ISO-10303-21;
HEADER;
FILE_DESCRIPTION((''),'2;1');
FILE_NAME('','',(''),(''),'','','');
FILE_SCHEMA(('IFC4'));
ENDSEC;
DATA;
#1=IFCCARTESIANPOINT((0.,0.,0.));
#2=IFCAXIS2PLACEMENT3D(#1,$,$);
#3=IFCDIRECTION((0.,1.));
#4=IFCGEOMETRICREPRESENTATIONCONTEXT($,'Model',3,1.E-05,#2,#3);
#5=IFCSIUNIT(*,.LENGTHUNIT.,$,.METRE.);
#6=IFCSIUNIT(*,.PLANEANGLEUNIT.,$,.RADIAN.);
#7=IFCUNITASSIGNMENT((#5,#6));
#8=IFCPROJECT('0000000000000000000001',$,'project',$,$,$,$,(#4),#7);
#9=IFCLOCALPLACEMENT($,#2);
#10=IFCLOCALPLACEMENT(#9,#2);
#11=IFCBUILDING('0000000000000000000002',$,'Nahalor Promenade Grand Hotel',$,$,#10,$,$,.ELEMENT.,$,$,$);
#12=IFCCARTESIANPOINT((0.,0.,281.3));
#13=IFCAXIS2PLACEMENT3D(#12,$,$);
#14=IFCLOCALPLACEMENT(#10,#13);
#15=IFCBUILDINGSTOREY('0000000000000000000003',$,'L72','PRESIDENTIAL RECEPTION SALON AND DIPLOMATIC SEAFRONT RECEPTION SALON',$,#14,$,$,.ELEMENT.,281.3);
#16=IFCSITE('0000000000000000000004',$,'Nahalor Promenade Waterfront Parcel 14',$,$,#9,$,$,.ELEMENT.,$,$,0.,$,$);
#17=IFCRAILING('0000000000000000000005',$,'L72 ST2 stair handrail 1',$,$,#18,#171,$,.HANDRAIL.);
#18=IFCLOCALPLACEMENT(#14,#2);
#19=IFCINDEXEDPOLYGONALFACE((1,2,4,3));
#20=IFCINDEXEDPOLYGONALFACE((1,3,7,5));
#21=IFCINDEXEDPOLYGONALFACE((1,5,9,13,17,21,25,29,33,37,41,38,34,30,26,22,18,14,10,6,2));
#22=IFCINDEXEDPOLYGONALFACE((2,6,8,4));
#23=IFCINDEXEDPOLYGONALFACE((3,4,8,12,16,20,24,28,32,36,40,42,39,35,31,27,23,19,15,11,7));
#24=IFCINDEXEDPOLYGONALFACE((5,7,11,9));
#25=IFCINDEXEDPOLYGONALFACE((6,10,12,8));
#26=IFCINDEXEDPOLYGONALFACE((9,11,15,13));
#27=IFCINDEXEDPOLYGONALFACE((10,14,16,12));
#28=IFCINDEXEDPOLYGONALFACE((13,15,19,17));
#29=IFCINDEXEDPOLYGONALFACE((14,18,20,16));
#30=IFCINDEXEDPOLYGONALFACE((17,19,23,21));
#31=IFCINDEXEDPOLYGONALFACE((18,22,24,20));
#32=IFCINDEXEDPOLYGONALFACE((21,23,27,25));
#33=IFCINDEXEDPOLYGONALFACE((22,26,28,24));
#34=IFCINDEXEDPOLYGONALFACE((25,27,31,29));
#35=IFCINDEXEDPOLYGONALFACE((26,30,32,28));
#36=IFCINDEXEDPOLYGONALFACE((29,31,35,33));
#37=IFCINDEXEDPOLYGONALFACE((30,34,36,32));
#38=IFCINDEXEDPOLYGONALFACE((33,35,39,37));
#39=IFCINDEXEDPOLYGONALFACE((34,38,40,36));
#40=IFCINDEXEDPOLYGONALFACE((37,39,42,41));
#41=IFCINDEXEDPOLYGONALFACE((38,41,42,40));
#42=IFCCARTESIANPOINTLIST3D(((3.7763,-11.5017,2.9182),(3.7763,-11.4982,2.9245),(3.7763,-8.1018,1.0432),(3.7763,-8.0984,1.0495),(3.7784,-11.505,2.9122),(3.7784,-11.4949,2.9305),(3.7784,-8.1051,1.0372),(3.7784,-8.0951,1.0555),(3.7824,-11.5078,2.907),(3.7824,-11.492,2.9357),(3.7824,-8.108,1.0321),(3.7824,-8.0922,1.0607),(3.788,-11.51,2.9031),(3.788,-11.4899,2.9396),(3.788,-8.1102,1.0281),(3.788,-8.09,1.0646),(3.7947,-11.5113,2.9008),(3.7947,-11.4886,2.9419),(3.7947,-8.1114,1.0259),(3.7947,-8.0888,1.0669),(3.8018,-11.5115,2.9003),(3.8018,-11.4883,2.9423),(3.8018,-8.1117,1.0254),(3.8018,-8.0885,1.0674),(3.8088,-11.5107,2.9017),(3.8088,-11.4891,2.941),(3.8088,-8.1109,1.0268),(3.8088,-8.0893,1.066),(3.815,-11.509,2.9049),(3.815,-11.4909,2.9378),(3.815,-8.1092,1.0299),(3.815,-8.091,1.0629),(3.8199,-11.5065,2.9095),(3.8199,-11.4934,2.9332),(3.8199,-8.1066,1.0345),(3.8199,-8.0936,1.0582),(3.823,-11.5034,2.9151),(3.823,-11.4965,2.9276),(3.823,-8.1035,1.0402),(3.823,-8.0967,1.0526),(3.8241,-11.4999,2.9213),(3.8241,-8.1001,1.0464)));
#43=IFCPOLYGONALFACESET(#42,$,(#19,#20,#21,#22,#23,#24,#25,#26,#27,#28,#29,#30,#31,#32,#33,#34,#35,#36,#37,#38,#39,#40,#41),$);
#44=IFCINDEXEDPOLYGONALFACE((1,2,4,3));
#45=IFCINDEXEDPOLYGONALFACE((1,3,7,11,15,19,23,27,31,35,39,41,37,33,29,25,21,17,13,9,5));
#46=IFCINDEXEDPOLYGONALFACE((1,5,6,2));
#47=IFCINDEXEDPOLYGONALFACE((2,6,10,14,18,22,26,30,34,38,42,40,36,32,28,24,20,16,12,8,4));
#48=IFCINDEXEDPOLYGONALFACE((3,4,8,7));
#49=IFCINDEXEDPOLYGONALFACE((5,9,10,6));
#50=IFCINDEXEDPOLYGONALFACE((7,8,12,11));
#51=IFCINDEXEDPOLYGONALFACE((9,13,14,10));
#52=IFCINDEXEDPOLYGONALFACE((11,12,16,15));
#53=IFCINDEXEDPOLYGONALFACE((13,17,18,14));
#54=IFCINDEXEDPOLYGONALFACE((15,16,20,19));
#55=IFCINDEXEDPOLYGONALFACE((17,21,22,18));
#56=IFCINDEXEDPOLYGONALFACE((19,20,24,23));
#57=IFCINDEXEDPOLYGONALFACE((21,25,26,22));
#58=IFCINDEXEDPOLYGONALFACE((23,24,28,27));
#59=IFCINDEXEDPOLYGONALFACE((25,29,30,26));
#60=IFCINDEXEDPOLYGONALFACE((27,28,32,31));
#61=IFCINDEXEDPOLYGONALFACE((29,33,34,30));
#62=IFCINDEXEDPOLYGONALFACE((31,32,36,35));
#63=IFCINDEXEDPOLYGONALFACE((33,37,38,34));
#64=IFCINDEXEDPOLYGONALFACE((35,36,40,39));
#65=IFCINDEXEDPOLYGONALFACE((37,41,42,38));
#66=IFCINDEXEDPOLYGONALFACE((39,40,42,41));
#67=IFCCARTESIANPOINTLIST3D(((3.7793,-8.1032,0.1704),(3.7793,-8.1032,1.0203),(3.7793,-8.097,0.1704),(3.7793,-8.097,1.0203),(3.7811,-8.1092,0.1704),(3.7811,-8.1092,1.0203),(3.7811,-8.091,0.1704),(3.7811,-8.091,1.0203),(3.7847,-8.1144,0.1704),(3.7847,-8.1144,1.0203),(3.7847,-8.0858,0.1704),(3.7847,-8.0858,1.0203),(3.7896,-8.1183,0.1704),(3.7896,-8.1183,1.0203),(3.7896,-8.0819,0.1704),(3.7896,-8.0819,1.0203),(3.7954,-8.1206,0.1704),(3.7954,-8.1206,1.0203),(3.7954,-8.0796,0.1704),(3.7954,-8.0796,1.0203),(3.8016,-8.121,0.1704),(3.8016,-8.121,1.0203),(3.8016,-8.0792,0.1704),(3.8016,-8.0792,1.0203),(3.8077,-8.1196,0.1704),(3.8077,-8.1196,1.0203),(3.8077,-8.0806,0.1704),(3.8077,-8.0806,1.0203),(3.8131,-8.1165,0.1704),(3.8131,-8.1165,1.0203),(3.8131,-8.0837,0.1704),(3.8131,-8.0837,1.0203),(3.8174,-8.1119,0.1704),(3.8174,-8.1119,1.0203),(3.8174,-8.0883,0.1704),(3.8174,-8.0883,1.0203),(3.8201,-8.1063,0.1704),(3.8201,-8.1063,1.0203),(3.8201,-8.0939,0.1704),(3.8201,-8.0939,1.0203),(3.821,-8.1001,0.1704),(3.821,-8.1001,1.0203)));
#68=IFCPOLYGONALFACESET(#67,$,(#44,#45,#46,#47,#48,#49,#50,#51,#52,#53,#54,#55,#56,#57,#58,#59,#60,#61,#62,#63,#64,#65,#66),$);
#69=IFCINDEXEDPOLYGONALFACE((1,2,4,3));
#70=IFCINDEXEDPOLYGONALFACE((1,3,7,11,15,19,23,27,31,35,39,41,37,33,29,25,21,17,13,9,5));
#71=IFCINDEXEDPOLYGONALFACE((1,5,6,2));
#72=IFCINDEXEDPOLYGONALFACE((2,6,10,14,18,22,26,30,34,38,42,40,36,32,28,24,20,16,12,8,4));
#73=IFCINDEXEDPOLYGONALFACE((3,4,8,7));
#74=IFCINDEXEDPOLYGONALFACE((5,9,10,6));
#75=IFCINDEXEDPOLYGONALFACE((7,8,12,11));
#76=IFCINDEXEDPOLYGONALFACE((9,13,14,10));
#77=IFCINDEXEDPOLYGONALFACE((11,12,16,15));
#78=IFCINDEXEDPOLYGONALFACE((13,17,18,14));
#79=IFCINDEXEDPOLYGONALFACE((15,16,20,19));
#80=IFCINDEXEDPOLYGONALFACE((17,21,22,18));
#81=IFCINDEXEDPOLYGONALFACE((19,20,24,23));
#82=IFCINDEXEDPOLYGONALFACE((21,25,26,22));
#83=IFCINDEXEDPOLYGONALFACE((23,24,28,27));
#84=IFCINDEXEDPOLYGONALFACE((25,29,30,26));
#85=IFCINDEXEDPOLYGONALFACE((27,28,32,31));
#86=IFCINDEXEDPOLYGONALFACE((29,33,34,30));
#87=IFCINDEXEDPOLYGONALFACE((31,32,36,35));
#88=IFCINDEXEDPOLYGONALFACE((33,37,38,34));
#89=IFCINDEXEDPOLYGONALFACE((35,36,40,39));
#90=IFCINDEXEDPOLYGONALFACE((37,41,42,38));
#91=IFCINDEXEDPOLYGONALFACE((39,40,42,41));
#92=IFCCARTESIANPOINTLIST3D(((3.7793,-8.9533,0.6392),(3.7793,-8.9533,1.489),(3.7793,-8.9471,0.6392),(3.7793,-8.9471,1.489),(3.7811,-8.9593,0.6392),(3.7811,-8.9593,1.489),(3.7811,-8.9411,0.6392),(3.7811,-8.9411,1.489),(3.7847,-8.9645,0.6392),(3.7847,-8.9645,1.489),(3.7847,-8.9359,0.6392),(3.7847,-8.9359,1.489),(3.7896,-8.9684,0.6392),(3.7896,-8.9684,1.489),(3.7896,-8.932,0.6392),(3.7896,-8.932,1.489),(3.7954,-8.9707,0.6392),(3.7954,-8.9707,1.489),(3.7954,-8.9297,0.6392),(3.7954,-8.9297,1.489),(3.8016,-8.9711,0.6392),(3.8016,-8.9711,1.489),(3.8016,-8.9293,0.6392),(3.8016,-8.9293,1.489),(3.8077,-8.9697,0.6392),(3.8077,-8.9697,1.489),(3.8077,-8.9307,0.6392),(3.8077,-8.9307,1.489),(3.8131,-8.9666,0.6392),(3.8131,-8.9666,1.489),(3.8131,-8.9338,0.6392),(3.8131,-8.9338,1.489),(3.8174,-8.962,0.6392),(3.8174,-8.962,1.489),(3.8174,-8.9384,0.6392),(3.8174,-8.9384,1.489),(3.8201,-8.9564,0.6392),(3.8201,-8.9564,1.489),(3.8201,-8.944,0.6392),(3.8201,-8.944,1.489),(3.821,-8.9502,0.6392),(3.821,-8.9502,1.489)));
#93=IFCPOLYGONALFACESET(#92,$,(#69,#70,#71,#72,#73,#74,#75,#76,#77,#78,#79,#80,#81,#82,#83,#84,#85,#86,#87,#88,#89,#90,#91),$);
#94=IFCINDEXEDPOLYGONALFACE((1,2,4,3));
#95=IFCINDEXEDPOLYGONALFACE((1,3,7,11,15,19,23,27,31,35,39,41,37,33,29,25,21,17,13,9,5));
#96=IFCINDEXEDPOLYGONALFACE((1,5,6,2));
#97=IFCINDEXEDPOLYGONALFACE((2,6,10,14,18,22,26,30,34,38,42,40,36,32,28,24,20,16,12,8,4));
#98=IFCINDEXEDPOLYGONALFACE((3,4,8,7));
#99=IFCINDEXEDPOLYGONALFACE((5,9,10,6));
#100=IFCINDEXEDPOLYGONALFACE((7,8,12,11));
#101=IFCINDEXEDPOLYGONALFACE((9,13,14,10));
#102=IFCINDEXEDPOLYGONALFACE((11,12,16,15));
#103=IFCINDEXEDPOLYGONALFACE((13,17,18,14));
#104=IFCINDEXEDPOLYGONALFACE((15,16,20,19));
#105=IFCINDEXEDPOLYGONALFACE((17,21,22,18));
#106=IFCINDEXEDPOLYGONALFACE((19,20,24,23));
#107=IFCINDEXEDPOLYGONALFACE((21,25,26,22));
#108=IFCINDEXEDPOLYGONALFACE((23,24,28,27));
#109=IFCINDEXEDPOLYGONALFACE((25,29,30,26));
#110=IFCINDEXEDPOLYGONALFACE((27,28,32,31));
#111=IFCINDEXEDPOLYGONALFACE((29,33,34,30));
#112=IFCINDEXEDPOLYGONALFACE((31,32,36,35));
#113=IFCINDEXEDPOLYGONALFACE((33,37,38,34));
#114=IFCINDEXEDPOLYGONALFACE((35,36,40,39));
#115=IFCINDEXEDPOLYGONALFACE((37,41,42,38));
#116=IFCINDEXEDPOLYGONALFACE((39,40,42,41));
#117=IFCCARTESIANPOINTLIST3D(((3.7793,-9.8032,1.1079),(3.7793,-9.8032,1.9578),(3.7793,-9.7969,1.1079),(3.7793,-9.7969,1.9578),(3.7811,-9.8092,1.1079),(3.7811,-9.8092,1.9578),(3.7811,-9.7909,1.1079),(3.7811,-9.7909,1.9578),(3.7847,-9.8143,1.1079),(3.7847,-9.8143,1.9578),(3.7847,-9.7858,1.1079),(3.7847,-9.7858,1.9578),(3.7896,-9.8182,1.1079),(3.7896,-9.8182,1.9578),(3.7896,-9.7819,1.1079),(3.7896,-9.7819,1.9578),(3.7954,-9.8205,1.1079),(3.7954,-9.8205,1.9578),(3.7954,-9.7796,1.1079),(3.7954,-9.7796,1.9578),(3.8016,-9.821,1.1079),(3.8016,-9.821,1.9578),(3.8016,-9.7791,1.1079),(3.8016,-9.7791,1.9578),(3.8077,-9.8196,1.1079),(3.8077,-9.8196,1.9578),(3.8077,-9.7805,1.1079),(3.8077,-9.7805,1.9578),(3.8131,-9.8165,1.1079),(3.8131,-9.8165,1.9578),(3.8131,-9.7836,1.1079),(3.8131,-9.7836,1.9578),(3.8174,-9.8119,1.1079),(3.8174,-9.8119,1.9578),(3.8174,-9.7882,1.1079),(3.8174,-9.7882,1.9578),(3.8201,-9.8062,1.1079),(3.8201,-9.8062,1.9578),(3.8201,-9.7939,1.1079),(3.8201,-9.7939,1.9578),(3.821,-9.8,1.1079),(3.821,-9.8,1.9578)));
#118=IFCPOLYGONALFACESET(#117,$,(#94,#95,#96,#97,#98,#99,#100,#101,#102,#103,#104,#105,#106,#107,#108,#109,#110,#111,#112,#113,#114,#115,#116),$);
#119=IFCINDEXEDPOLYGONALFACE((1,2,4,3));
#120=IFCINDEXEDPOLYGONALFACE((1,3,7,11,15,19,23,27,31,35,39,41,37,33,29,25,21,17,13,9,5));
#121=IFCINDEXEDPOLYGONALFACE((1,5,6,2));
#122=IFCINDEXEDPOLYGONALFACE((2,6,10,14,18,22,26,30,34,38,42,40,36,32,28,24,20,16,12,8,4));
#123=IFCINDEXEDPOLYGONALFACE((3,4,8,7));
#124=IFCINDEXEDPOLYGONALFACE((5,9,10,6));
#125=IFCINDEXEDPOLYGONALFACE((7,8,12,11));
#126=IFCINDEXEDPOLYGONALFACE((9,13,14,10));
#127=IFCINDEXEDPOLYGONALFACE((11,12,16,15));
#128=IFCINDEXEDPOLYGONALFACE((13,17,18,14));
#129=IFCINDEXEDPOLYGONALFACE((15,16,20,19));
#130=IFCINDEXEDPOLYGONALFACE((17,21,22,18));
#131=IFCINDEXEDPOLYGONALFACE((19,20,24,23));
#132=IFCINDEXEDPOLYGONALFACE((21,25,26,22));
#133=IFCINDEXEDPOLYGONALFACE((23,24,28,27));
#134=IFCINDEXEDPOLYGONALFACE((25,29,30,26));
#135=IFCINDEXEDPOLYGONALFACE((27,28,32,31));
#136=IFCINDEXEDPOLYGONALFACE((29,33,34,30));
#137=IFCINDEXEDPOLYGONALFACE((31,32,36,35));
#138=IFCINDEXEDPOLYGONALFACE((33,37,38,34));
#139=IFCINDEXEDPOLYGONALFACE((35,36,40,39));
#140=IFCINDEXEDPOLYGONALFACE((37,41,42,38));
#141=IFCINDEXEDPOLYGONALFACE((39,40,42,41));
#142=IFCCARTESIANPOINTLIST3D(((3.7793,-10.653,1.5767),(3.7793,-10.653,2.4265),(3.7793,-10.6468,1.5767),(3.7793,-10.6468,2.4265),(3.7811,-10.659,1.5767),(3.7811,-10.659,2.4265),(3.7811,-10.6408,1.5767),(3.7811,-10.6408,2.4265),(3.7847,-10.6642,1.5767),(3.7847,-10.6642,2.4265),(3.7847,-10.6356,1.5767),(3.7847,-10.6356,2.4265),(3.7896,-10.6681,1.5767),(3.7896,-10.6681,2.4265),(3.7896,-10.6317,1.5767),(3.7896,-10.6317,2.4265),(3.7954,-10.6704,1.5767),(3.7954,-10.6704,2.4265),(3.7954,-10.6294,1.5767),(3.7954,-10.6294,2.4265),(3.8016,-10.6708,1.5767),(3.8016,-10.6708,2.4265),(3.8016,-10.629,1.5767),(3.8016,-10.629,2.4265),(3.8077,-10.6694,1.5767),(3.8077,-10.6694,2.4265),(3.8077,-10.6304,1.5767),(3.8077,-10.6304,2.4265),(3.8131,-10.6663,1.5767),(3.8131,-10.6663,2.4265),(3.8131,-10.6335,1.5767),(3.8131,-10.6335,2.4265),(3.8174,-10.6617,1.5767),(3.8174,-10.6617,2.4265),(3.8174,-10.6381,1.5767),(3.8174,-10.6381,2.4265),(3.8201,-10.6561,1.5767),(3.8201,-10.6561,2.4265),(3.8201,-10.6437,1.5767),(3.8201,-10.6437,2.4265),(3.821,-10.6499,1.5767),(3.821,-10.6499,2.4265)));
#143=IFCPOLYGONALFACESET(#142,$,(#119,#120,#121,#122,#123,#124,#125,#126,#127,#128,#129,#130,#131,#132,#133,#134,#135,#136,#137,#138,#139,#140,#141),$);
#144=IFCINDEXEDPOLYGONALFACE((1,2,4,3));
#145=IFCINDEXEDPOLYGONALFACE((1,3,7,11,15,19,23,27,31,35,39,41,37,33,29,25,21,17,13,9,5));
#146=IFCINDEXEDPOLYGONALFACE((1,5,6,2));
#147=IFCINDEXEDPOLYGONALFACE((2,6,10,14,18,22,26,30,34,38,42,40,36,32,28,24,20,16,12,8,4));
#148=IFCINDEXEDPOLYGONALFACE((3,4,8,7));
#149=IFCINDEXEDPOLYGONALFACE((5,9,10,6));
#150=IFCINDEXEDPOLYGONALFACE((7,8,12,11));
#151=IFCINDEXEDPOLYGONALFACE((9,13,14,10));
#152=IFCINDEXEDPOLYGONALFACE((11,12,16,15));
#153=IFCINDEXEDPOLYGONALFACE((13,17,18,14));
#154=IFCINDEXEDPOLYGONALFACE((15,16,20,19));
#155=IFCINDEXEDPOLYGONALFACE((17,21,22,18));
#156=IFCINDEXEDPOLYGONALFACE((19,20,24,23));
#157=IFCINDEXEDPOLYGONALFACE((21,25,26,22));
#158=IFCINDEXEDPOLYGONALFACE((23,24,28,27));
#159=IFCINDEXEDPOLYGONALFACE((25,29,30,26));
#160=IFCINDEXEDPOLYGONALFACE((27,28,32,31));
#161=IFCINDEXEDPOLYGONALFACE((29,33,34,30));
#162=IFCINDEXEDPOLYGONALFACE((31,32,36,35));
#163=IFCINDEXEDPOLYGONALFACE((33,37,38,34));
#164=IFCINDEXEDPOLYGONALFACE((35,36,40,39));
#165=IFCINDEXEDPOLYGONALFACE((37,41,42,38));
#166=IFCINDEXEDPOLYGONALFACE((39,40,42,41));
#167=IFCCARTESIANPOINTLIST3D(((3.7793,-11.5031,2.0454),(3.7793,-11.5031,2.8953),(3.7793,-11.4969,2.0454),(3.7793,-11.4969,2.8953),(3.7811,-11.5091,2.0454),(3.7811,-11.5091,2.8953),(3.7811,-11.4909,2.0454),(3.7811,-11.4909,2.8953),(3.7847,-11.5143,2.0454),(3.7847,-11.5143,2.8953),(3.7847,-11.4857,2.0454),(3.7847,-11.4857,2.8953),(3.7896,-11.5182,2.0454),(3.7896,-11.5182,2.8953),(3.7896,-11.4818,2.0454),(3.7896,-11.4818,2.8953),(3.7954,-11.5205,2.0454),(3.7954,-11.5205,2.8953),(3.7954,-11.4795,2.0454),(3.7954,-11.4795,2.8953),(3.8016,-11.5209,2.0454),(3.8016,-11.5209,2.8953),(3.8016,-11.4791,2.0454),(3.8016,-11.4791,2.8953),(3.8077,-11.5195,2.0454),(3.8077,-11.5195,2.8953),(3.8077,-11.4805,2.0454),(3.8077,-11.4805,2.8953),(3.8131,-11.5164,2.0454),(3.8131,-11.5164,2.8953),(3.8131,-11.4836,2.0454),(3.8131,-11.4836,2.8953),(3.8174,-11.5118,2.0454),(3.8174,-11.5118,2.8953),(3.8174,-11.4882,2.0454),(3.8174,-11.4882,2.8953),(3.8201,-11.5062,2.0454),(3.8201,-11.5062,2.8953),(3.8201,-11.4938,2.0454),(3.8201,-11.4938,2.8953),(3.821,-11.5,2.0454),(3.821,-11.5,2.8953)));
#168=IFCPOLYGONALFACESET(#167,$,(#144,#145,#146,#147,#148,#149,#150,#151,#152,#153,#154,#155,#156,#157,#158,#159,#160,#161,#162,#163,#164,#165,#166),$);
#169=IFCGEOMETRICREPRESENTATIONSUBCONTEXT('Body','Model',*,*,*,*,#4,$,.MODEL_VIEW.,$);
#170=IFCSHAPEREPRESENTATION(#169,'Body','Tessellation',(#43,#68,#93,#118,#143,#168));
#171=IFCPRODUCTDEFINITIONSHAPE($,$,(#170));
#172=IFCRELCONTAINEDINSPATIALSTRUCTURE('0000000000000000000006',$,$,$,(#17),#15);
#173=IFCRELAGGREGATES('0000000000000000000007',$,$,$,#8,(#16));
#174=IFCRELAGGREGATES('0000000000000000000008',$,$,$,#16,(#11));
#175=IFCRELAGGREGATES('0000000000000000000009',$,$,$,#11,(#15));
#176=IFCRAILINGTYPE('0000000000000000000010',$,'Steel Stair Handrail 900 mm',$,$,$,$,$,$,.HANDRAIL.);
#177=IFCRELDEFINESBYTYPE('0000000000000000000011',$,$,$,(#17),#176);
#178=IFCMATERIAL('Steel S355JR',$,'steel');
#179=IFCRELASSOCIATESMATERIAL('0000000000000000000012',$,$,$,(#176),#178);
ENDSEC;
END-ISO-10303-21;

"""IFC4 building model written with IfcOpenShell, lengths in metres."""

from ifc_helpers import new_model, si_unit, direction, frame, origin, origin_2d, place, context, subcontext, project, spatial, circle, extrude, material, type_object, element, save


model = new_model("IFC4")

# Units and contexts
model_context = context("Model", 3, precision=1e-05, world=origin(), true_north=direction((0.0, 1.0)))
body_context = subcontext(model_context, "Body", "Model", "MODEL_VIEW")
ifc_project = project(units=[si_unit("LENGTHUNIT", "METRE"), si_unit("PLANEANGLEUNIT", "RADIAN")], contexts=[model_context])

# Site, building, storey
site_placement = place(None, origin())
site = spatial("IfcSite", under=ifc_project, at=site_placement, Name="Nahalor Promenade Waterfront Parcel 14", CompositionType="ELEMENT", RefElevation=0.0)
building_placement = place(site_placement, origin())
building = spatial("IfcBuilding", under=site, at=building_placement, Name="Nahalor Promenade Grand Hotel", CompositionType="ELEMENT")
storey_placement = place(building_placement, frame((0.0, 0.0, 281.3)))
storey = spatial("IfcBuildingStorey", under=building, at=storey_placement, Name="L72", Description="PRESIDENTIAL RECEPTION SALON AND DIPLOMATIC SEAFRONT RECEPTION SALON", CompositionType="ELEMENT", Elevation=281.3)

# Shared definitions
ifc_material_1 = material(Name="Steel S355JR", Category="steel")

# Railing
railing_type_1 = type_object("IfcRailingType", Name="Steel Stair Handrail 900 mm", PredefinedType="HANDRAIL", material=ifc_material_1)
for number, where, name in (
    (1, (3.8, -8.1001, 0.1704), "L72 ST2 stair handrail 1"),
):
    element("IfcRailing", number, at=place(storey_placement, frame(where)), inside=storey, type_object=railing_type_1, Name=name, PredefinedType="HANDRAIL", context=body_context, shape_type="SweptSolid", body=[
        extrude(circle(Radius=0.024, at=origin_2d()), frame((0.0, 0.0, 0.876), z_axis=(0.0, -0.875666, 0.482918), x_axis=(1.0, 0.0, 0.0)), (0.0, 0.0, 1.0), 3.8826),
        extrude(circle(Radius=0.021, at=origin_2d()), origin(), (0.0, 0.0, 1.0), 0.8499),
        extrude(circle(Radius=0.021, at=origin_2d()), frame((0.0, -0.8501, 0.4688)), (0.0, 0.0, 1.0), 0.8499),
        extrude(circle(Radius=0.021, at=origin_2d()), frame((0.0, -1.7, 0.9375)), (0.0, 0.0, 1.0), 0.8499),
        extrude(circle(Radius=0.021, at=origin_2d()), frame((0.0, -2.5498, 1.4062)), (0.0, 0.0, 1.0), 0.8499),
        extrude(circle(Radius=0.021, at=origin_2d()), frame((0.0, -3.3999, 1.875)), (0.0, 0.0, 1.0), 0.8499),
    ])

save(model, "model.ifc")
